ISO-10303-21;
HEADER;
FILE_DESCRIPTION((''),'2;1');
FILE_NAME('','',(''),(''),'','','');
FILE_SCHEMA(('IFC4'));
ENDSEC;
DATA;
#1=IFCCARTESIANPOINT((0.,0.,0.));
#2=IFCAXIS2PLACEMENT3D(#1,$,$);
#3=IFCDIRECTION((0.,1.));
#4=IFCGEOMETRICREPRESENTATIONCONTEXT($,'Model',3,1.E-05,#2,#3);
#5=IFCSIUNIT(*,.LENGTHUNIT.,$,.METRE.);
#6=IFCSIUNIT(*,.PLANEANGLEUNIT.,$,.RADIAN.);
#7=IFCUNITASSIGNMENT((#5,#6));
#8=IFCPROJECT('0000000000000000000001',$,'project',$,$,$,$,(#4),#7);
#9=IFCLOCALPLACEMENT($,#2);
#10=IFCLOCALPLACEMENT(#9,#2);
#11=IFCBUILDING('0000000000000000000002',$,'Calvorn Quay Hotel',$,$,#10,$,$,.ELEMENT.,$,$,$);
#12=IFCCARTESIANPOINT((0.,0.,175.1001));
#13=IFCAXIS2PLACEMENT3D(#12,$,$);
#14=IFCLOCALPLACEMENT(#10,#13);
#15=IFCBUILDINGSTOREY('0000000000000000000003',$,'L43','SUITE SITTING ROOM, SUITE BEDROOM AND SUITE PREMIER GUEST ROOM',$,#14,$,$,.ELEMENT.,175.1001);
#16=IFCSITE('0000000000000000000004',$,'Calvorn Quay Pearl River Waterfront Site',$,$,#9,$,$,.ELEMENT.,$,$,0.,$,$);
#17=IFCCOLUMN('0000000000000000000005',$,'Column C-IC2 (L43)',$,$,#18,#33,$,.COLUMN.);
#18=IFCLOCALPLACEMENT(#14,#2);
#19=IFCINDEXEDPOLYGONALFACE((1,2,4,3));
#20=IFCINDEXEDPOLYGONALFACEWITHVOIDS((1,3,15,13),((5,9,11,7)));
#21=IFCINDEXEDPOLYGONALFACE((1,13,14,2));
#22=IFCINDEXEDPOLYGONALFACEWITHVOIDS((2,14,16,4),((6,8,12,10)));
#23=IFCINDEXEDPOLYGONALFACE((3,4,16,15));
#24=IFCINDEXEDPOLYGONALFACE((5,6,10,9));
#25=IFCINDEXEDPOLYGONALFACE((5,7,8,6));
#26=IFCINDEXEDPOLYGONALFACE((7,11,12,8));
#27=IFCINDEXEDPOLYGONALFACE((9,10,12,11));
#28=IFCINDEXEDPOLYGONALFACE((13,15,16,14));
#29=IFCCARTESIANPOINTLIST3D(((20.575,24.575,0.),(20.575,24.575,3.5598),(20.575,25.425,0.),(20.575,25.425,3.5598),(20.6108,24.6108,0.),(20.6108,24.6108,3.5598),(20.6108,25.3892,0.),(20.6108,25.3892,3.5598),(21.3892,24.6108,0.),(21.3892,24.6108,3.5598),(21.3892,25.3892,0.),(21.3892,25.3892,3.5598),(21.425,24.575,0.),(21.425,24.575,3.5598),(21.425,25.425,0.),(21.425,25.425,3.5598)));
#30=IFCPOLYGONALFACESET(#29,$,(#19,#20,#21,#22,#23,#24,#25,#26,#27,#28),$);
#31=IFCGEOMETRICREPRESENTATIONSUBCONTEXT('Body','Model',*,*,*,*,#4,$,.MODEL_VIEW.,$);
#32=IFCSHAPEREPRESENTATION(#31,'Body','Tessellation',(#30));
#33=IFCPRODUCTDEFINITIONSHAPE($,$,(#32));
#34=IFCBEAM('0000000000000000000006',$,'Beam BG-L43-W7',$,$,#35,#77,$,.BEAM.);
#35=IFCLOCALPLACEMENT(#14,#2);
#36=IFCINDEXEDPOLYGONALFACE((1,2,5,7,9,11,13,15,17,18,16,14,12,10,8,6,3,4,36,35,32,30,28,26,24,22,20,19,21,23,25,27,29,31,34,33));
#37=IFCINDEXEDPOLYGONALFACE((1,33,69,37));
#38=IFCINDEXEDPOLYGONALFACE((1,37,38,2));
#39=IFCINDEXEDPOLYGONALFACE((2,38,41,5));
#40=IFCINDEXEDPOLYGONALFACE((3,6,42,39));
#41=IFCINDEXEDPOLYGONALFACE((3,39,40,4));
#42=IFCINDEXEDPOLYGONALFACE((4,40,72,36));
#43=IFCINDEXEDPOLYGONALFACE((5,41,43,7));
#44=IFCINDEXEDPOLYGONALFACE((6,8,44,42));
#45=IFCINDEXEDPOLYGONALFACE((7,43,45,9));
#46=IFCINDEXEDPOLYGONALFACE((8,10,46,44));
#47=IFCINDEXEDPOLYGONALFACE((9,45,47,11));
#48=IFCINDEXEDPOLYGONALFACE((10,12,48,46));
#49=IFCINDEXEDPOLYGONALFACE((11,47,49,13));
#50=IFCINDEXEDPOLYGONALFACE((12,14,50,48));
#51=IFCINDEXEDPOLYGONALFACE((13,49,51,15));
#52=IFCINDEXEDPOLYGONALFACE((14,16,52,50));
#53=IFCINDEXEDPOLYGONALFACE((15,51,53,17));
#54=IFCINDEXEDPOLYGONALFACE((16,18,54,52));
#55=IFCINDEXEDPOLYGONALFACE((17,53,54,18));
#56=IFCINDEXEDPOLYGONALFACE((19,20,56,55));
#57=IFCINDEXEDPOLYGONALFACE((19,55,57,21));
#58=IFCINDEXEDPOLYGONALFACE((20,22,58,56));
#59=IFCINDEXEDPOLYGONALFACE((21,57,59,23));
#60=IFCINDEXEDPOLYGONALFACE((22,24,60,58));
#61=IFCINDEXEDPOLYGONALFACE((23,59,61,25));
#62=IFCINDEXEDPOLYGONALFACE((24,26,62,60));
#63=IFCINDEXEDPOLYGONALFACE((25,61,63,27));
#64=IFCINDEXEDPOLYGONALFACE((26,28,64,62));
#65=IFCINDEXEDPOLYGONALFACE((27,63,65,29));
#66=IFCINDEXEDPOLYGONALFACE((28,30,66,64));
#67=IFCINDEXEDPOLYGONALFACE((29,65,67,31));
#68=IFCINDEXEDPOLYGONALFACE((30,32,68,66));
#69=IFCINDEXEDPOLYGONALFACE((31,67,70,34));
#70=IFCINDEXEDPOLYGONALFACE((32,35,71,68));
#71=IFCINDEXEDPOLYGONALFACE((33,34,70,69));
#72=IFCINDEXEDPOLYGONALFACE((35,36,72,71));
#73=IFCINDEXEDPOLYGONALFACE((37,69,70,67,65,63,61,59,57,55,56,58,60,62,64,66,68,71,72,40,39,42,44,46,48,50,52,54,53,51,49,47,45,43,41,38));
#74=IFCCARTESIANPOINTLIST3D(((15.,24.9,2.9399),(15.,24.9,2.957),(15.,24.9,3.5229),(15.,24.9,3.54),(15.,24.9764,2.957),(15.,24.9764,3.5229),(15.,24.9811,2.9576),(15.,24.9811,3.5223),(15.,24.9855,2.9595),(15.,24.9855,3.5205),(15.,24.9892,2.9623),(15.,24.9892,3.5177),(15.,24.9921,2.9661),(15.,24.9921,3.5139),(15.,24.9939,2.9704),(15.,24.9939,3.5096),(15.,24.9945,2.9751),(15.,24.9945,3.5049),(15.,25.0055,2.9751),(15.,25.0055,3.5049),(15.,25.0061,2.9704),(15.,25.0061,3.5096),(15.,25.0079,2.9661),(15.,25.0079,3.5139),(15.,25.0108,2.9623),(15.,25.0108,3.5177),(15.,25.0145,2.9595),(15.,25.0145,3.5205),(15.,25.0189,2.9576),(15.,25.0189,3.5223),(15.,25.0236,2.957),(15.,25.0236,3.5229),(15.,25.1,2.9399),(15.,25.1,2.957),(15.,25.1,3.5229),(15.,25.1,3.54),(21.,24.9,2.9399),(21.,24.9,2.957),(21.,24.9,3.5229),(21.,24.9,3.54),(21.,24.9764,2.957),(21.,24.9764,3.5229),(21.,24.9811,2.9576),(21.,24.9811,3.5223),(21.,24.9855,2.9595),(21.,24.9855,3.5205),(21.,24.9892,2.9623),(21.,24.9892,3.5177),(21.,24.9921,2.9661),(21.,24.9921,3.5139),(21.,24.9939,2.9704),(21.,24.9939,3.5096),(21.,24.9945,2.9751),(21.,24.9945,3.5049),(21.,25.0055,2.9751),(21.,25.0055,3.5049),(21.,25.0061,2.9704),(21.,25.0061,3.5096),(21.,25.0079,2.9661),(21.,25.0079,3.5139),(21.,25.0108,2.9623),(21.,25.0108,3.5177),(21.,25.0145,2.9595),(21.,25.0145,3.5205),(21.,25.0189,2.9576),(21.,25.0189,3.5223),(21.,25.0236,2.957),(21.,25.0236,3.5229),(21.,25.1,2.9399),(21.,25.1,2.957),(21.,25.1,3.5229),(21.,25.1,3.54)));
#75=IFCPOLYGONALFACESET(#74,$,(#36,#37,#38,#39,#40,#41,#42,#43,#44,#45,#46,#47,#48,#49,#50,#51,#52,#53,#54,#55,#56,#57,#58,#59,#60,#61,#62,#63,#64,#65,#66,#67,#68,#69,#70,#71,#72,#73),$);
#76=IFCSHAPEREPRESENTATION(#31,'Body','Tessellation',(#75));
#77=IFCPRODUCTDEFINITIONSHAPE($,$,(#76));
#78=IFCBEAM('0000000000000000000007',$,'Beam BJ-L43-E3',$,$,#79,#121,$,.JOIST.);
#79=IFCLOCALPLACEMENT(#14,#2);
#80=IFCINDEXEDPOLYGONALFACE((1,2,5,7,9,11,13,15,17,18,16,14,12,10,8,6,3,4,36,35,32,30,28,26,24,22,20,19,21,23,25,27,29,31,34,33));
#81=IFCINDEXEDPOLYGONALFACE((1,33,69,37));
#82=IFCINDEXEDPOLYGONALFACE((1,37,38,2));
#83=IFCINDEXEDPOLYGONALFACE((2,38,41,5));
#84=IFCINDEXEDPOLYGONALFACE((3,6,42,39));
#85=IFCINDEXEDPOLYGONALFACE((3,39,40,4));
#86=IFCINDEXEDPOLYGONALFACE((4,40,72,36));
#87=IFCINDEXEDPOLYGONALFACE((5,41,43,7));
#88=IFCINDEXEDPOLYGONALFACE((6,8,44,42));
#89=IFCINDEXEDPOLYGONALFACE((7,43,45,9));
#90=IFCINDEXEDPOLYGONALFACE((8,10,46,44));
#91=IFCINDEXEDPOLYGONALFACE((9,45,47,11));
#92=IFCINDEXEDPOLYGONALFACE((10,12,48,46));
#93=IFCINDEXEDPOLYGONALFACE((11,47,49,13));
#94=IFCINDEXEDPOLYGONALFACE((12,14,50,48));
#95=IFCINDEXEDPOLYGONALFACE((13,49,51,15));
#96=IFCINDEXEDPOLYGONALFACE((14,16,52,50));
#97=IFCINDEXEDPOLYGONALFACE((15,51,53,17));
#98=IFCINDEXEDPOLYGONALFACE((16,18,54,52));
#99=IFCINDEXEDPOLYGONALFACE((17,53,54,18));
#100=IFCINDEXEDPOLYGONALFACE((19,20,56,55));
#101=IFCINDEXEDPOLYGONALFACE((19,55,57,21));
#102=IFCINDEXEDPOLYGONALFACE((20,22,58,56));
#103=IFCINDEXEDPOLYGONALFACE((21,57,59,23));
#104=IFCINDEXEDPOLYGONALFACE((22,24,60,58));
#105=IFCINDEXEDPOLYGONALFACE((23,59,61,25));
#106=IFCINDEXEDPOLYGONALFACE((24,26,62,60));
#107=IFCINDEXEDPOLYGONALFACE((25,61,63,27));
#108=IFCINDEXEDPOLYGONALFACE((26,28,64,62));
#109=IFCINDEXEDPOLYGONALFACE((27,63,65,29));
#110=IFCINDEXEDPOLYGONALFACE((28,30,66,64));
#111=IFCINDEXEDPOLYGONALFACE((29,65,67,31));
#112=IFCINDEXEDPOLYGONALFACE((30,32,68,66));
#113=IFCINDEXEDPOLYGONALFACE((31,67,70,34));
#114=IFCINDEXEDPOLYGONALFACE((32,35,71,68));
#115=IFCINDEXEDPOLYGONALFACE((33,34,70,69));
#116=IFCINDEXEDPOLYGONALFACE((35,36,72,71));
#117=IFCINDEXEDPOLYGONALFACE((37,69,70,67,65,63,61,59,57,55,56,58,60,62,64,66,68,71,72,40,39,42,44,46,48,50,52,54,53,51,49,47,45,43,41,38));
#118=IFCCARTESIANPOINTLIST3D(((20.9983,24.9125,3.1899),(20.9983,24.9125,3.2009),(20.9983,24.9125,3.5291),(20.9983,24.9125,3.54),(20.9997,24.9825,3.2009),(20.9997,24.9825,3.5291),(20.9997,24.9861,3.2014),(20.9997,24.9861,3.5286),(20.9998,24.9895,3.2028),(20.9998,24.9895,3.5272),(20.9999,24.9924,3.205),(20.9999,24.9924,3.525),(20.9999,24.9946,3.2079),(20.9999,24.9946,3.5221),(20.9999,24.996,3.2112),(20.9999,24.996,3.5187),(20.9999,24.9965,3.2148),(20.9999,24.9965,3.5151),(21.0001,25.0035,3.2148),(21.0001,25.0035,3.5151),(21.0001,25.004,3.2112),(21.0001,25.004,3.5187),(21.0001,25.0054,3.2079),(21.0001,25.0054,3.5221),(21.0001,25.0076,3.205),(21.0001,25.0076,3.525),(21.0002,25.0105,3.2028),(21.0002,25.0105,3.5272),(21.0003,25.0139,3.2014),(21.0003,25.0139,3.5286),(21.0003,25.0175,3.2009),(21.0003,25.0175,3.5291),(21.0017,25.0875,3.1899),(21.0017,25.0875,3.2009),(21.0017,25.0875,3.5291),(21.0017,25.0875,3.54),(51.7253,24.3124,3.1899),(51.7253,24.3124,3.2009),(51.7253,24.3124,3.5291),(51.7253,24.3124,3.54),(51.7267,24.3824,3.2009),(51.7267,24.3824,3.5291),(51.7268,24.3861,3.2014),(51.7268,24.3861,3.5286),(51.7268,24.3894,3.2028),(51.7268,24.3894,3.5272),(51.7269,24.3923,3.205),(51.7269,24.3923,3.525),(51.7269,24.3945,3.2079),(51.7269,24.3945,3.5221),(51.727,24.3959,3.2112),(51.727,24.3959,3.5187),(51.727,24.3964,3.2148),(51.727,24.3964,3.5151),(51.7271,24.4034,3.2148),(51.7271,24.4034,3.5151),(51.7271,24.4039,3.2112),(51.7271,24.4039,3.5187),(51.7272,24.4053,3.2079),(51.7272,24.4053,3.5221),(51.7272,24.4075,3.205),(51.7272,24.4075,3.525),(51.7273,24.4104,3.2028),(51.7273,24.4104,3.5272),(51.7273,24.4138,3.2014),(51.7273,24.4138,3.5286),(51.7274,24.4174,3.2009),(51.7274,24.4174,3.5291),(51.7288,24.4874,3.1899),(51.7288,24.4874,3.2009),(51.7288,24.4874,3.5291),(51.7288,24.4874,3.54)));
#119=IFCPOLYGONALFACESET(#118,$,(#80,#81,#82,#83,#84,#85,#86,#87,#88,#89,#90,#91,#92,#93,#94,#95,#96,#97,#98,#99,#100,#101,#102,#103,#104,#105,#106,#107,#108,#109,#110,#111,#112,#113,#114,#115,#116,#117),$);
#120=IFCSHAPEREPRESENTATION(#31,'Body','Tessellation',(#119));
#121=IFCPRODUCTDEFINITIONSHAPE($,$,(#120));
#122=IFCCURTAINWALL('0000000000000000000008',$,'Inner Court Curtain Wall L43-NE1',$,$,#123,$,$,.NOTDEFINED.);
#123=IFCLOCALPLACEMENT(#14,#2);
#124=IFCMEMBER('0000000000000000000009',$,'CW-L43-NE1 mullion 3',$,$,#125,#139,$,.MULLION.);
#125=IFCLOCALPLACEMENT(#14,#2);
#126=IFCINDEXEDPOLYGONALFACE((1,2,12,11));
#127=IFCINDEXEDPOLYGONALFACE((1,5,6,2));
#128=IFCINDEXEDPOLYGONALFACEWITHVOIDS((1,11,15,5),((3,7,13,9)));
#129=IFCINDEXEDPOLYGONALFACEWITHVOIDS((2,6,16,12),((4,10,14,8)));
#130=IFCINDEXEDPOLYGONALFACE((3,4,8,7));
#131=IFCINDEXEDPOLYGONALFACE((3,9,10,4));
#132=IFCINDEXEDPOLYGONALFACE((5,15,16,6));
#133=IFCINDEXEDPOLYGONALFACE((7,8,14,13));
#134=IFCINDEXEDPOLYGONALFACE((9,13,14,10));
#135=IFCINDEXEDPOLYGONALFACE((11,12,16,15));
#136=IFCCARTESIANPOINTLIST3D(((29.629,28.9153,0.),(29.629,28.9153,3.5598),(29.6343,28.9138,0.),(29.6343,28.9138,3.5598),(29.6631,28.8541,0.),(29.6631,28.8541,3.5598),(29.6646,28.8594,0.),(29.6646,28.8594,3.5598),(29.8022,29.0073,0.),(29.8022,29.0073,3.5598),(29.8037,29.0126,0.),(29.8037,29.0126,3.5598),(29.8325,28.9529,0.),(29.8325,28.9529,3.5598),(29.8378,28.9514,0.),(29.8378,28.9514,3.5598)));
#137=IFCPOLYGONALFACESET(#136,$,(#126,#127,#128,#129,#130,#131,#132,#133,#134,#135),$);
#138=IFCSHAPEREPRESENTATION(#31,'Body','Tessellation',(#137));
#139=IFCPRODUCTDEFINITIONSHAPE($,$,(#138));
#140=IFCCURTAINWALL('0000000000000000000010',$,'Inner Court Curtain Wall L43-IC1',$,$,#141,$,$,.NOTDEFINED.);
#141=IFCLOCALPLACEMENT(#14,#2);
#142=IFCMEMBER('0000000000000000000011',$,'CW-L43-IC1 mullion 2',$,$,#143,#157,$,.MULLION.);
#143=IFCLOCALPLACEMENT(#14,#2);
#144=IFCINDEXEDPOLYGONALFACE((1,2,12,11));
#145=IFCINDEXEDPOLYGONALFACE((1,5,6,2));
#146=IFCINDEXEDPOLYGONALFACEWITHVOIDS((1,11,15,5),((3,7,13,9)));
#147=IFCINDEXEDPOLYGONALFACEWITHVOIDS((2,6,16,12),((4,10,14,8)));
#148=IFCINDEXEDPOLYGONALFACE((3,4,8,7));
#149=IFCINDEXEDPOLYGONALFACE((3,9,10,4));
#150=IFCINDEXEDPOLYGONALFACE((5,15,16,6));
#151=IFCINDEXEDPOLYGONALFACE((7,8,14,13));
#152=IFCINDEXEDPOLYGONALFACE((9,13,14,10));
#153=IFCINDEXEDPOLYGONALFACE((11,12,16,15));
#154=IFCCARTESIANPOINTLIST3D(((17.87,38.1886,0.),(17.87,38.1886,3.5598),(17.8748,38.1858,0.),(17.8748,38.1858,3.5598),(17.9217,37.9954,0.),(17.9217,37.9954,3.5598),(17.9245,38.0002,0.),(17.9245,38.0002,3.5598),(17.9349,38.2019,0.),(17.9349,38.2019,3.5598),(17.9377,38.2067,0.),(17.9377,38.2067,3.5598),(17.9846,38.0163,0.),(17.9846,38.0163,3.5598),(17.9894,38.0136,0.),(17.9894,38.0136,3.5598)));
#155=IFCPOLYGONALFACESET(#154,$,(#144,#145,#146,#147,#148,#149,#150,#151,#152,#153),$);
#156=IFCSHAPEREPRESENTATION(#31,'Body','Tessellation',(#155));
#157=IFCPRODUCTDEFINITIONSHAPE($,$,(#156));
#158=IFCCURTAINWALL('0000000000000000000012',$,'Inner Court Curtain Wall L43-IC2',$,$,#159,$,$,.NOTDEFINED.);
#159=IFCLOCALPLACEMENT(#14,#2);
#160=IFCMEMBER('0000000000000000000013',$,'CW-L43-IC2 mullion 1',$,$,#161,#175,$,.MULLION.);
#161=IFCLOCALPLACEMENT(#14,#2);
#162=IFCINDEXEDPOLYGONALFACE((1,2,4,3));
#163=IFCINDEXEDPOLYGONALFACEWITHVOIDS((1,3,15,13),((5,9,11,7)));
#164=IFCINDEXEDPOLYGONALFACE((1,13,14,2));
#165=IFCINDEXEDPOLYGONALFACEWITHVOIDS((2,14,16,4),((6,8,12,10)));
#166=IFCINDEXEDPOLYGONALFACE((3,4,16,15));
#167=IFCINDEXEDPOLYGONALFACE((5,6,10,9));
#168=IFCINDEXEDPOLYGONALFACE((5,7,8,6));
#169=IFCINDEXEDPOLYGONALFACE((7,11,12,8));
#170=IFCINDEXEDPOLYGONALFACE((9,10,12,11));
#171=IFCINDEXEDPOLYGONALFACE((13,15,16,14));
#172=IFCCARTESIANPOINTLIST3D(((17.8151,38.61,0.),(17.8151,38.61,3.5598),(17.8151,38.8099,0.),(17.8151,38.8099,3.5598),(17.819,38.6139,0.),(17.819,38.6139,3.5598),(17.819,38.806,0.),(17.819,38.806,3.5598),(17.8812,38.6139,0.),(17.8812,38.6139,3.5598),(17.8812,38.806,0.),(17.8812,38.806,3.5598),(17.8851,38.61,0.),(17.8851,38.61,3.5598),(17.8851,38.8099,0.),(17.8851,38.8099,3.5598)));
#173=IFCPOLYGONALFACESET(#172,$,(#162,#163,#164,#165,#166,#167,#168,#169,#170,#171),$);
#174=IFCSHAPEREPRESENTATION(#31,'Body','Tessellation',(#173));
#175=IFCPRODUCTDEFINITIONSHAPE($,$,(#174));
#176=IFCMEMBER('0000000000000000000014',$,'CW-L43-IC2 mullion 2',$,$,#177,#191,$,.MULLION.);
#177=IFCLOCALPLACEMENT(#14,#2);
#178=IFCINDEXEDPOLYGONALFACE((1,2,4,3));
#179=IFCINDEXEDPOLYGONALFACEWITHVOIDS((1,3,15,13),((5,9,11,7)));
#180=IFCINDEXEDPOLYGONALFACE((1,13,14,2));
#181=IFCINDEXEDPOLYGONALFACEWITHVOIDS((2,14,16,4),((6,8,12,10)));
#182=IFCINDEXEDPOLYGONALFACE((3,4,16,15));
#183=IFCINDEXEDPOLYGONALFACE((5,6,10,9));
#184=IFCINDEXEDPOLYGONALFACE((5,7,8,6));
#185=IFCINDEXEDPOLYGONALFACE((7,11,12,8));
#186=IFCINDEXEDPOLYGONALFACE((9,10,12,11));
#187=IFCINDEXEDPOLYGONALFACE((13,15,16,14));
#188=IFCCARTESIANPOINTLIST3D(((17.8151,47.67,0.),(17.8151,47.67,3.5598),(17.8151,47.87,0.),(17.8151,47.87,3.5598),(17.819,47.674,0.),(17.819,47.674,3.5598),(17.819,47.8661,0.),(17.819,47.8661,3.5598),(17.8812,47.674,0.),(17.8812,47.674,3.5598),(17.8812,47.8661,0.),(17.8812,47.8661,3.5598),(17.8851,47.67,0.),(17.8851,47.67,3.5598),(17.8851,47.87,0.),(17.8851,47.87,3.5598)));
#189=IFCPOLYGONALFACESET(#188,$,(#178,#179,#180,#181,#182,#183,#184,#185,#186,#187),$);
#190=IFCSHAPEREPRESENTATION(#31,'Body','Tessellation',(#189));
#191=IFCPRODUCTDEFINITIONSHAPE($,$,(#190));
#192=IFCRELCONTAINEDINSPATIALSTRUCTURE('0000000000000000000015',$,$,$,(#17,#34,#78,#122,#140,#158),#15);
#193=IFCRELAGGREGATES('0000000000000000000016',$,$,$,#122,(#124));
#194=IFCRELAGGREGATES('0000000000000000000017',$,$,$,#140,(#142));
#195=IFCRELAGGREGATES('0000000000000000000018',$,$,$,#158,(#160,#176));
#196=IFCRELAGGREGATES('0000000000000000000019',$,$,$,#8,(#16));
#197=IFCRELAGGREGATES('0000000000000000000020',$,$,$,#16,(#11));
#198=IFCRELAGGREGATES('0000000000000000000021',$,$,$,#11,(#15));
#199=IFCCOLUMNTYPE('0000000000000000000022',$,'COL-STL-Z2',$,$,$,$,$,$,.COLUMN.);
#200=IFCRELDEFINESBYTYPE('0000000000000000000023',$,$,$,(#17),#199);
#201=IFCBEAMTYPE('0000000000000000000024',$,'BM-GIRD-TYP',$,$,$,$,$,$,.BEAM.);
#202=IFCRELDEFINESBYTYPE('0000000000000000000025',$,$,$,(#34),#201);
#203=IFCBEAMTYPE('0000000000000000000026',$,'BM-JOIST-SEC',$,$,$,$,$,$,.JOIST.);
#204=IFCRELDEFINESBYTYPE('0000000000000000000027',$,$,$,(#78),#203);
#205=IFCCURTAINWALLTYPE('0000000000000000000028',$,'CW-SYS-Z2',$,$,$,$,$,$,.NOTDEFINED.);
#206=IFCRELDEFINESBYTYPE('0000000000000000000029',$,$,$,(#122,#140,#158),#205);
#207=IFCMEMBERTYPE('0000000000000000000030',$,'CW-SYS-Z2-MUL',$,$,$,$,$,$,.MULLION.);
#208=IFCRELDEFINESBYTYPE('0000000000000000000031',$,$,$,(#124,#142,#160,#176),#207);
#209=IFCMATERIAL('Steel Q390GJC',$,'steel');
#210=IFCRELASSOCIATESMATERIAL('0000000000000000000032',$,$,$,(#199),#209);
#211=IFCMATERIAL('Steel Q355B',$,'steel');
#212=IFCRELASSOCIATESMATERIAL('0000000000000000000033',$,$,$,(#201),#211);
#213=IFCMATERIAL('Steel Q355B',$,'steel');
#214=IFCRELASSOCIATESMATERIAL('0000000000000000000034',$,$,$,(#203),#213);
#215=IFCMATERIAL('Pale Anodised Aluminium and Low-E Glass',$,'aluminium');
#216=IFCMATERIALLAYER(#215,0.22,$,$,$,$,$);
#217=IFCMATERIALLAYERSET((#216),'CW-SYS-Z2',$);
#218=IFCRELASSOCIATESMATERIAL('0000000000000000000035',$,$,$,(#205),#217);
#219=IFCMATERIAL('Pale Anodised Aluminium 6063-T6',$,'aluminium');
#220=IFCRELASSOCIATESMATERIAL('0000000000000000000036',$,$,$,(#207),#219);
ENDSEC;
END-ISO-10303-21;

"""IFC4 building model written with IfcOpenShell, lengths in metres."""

from ifc_helpers import new_model, si_unit, direction, frame, origin, origin_2d, place, context, subcontext, project, spatial, hollow_rectangle, i_section, extrude, material, layer, layer_set, material_profile, profile_set, type_object, element, aggregate, save


model = new_model("IFC4")

# Units and contexts
model_context = context("Model", 3, precision=1e-05, world=origin(), true_north=direction((0.0, 1.0)))
body_context = subcontext(model_context, "Body", "Model", "MODEL_VIEW")
ifc_project = project(units=[si_unit("LENGTHUNIT", "METRE"), si_unit("PLANEANGLEUNIT", "RADIAN")], contexts=[model_context])

# Site, building, storey
site_placement = place(None, origin())
site = spatial("IfcSite", under=ifc_project, at=site_placement, Name="Calvorn Quay Pearl River Waterfront Site", CompositionType="ELEMENT", RefElevation=0.0)
building_placement = place(site_placement, origin())
building = spatial("IfcBuilding", under=site, at=building_placement, Name="Calvorn Quay Hotel", CompositionType="ELEMENT")
storey_placement = place(building_placement, frame((0.0, 0.0, 175.1001)))
storey = spatial("IfcBuildingStorey", under=building, at=storey_placement, Name="L43", Description="SUITE SITTING ROOM, SUITE BEDROOM AND SUITE PREMIER GUEST ROOM", CompositionType="ELEMENT", Elevation=175.1001)

# Column
ifc_material_1 = material(Name="Steel Q390GJC", Category="steel")
ifc_material_profile_1 = material_profile(ifc_material_1, hollow_rectangle(XDim=0.8501, YDim=0.8501, WallThickness=0.0359, at=origin_2d()), Name="BOX850x850x36")
ifc_profile_set_1 = profile_set([ifc_material_profile_1], Name="Steel Q390GJC")
column_type = type_object("IfcColumnType", Name="COL-STL-Z2", PredefinedType="COLUMN", material=ifc_profile_set_1)
column_placement = place(storey_placement, frame((21.0, 25.0, 0.0), z_axis=(0.0, 0.0, 1.0), x_axis=(1.0, 0.0, 0.0)))
element("IfcColumn", 1, at=column_placement, inside=storey, type_object=column_type, Name="Column C-IC2 (L43)", PredefinedType="COLUMN", context=body_context, shape_type="SweptSolid", body=[
    extrude(hollow_rectangle(XDim=0.8501, YDim=0.8501, WallThickness=0.0359, at=origin_2d()), origin(), (0.0, 0.0, 1.0), 3.5598),
])

# Beams
ifc_material_2 = material(Name="Steel Q355B", Category="steel")
ifc_material_profile_2 = material_profile(ifc_material_2, i_section(OverallWidth=0.2, OverallDepth=0.6001, WebThickness=0.011, FlangeThickness=0.0171, FilletRadius=0.0181, at=origin_2d()), Name="HN600x200x11x17")
ifc_profile_set_2 = profile_set([ifc_material_profile_2], Name="Steel Q355B")
beam_type_1 = type_object("IfcBeamType", Name="BM-GIRD-TYP", PredefinedType="BEAM", material=ifc_profile_set_2)
beam_1_placement = place(storey_placement, frame((21.0, 25.0, 3.24), z_axis=(-1.0, 0.0, 0.0), x_axis=(0.0, -1.0, 0.0)))
element("IfcBeam", 2, at=beam_1_placement, inside=storey, type_object=beam_type_1, Name="Beam BG-L43-W7", PredefinedType="BEAM", context=body_context, shape_type="SweptSolid", body=[
    extrude(i_section(OverallWidth=0.2, OverallDepth=0.6001, WebThickness=0.011, FlangeThickness=0.0171, FilletRadius=0.0181, at=origin_2d()), origin(), (0.0, 0.0, 1.0), 6.0),
])
ifc_material_3 = material(Name="Steel Q355B", Category="steel")
ifc_material_profile_3 = material_profile(ifc_material_3, i_section(OverallWidth=0.175, OverallDepth=0.3501, WebThickness=0.0071, FlangeThickness=0.011, FilletRadius=0.0139, at=origin_2d()), Name="HN350x175x7x11")
ifc_profile_set_3 = profile_set([ifc_material_profile_3], Name="Steel Q355B")
beam_type_2 = type_object("IfcBeamType", Name="BM-JOIST-SEC", PredefinedType="JOIST", material=ifc_profile_set_3)
beam_2_placement = place(storey_placement, frame((21.0, 25.0, 3.365), z_axis=(0.999809, -0.019526, 0.0), x_axis=(0.019526, 0.999809, 0.0)))
element("IfcBeam", 3, at=beam_2_placement, inside=storey, type_object=beam_type_2, Name="Beam BJ-L43-E3", PredefinedType="JOIST", context=body_context, shape_type="SweptSolid", body=[
    extrude(i_section(OverallWidth=0.175, OverallDepth=0.3501, WebThickness=0.0071, FlangeThickness=0.011, FilletRadius=0.0139, at=origin_2d()), origin(), (0.0, 0.0, 1.0), 30.7329),
])

# Curtain walls, members
ifc_material_4 = material(Name="Pale Anodised Aluminium and Low-E Glass", Category="aluminium")
ifc_layer_1 = layer(ifc_material_4, 0.22)
ifc_layer_set_1 = layer_set([ifc_layer_1], Name="CW-SYS-Z2")
curtain_wall_type = type_object("IfcCurtainWallType", Name="CW-SYS-Z2", PredefinedType="NOTDEFINED", material=ifc_layer_set_1)
curtain_wall_1_placement = place(storey_placement, origin())
curtain_wall_1 = element("IfcCurtainWall", 4, at=curtain_wall_1_placement, inside=storey, type_object=curtain_wall_type, Name="Inner Court Curtain Wall L43-NE1", PredefinedType="NOTDEFINED")
ifc_material_5 = material(Name="Pale Anodised Aluminium 6063-T6", Category="aluminium")
ifc_material_profile_4 = material_profile(ifc_material_5, hollow_rectangle(XDim=0.0701, YDim=0.2, WallThickness=0.0039, at=origin_2d()), Name="ALU-M200x70x4")
ifc_profile_set_4 = profile_set([ifc_material_profile_4], Name="Pale Anodised Aluminium 6063-T6")
member_type_1 = type_object("IfcMemberType", Name="CW-SYS-Z2-MUL", PredefinedType="MULLION", material=ifc_profile_set_4)
member_1_placement = place(storey_placement, frame((29.7334, 28.9333, 0.0), z_axis=(0.0, 0.0, 1.0), x_axis=(0.486858, -0.873481, 0.0)))
member_1 = element("IfcMember", 5, at=member_1_placement, type_object=member_type_1, Name="CW-L43-NE1 mullion 3", PredefinedType="MULLION", context=body_context, shape_type="SweptSolid", body=[
    extrude(hollow_rectangle(XDim=0.0701, YDim=0.2, WallThickness=0.0039, at=origin_2d()), origin(), (0.0, 0.0, 1.0), 3.5598),
])
curtain_wall_2_placement = place(storey_placement, origin())
curtain_wall_2 = element("IfcCurtainWall", 6, at=curtain_wall_2_placement, inside=storey, type_object=curtain_wall_type, Name="Inner Court Curtain Wall L43-IC1", PredefinedType="NOTDEFINED")
member_2_placement = place(storey_placement, frame((17.9297, 38.1011, 0.0), z_axis=(0.0, 0.0, 1.0), x_axis=(-0.965937, -0.258779, 0.0)))
member_2 = element("IfcMember", 7, at=member_2_placement, type_object=member_type_1, Name="CW-L43-IC1 mullion 2", PredefinedType="MULLION", context=body_context, shape_type="SweptSolid", body=[
    extrude(hollow_rectangle(XDim=0.0701, YDim=0.2, WallThickness=0.0039, at=origin_2d()), origin(), (0.0, 0.0, 1.0), 3.5598),
])

# Curtain wall, members
curtain_wall_3_placement = place(storey_placement, origin())
curtain_wall_3 = element("IfcCurtainWall", 8, at=curtain_wall_3_placement, inside=storey, type_object=curtain_wall_type, Name="Inner Court Curtain Wall L43-IC2", PredefinedType="NOTDEFINED")
member_3_placement = place(storey_placement, frame((17.8501, 38.71, 0.0), z_axis=(0.0, 0.0, 1.0), x_axis=(-1.0, 0.0, 0.0)))
member_3 = element("IfcMember", 9, at=member_3_placement, type_object=member_type_1, Name="CW-L43-IC2 mullion 1", PredefinedType="MULLION", context=body_context, shape_type="SweptSolid", body=[
    extrude(hollow_rectangle(XDim=0.0701, YDim=0.2, WallThickness=0.0039, at=origin_2d()), origin(), (0.0, 0.0, 1.0), 3.5598),
])
member_4_placement = place(storey_placement, frame((17.8501, 47.77, 0.0), z_axis=(0.0, 0.0, 1.0), x_axis=(-1.0, 0.0, 0.0)))
member_4 = element("IfcMember", 10, at=member_4_placement, type_object=member_type_1, Name="CW-L43-IC2 mullion 2", PredefinedType="MULLION", context=body_context, shape_type="SweptSolid", body=[
    extrude(hollow_rectangle(XDim=0.0701, YDim=0.2, WallThickness=0.0039, at=origin_2d()), origin(), (0.0, 0.0, 1.0), 3.5598),
])

aggregate(curtain_wall_1, [member_1])
aggregate(curtain_wall_2, [member_2])
aggregate(curtain_wall_3, [member_3, member_4])

save(model, "model.ifc")
